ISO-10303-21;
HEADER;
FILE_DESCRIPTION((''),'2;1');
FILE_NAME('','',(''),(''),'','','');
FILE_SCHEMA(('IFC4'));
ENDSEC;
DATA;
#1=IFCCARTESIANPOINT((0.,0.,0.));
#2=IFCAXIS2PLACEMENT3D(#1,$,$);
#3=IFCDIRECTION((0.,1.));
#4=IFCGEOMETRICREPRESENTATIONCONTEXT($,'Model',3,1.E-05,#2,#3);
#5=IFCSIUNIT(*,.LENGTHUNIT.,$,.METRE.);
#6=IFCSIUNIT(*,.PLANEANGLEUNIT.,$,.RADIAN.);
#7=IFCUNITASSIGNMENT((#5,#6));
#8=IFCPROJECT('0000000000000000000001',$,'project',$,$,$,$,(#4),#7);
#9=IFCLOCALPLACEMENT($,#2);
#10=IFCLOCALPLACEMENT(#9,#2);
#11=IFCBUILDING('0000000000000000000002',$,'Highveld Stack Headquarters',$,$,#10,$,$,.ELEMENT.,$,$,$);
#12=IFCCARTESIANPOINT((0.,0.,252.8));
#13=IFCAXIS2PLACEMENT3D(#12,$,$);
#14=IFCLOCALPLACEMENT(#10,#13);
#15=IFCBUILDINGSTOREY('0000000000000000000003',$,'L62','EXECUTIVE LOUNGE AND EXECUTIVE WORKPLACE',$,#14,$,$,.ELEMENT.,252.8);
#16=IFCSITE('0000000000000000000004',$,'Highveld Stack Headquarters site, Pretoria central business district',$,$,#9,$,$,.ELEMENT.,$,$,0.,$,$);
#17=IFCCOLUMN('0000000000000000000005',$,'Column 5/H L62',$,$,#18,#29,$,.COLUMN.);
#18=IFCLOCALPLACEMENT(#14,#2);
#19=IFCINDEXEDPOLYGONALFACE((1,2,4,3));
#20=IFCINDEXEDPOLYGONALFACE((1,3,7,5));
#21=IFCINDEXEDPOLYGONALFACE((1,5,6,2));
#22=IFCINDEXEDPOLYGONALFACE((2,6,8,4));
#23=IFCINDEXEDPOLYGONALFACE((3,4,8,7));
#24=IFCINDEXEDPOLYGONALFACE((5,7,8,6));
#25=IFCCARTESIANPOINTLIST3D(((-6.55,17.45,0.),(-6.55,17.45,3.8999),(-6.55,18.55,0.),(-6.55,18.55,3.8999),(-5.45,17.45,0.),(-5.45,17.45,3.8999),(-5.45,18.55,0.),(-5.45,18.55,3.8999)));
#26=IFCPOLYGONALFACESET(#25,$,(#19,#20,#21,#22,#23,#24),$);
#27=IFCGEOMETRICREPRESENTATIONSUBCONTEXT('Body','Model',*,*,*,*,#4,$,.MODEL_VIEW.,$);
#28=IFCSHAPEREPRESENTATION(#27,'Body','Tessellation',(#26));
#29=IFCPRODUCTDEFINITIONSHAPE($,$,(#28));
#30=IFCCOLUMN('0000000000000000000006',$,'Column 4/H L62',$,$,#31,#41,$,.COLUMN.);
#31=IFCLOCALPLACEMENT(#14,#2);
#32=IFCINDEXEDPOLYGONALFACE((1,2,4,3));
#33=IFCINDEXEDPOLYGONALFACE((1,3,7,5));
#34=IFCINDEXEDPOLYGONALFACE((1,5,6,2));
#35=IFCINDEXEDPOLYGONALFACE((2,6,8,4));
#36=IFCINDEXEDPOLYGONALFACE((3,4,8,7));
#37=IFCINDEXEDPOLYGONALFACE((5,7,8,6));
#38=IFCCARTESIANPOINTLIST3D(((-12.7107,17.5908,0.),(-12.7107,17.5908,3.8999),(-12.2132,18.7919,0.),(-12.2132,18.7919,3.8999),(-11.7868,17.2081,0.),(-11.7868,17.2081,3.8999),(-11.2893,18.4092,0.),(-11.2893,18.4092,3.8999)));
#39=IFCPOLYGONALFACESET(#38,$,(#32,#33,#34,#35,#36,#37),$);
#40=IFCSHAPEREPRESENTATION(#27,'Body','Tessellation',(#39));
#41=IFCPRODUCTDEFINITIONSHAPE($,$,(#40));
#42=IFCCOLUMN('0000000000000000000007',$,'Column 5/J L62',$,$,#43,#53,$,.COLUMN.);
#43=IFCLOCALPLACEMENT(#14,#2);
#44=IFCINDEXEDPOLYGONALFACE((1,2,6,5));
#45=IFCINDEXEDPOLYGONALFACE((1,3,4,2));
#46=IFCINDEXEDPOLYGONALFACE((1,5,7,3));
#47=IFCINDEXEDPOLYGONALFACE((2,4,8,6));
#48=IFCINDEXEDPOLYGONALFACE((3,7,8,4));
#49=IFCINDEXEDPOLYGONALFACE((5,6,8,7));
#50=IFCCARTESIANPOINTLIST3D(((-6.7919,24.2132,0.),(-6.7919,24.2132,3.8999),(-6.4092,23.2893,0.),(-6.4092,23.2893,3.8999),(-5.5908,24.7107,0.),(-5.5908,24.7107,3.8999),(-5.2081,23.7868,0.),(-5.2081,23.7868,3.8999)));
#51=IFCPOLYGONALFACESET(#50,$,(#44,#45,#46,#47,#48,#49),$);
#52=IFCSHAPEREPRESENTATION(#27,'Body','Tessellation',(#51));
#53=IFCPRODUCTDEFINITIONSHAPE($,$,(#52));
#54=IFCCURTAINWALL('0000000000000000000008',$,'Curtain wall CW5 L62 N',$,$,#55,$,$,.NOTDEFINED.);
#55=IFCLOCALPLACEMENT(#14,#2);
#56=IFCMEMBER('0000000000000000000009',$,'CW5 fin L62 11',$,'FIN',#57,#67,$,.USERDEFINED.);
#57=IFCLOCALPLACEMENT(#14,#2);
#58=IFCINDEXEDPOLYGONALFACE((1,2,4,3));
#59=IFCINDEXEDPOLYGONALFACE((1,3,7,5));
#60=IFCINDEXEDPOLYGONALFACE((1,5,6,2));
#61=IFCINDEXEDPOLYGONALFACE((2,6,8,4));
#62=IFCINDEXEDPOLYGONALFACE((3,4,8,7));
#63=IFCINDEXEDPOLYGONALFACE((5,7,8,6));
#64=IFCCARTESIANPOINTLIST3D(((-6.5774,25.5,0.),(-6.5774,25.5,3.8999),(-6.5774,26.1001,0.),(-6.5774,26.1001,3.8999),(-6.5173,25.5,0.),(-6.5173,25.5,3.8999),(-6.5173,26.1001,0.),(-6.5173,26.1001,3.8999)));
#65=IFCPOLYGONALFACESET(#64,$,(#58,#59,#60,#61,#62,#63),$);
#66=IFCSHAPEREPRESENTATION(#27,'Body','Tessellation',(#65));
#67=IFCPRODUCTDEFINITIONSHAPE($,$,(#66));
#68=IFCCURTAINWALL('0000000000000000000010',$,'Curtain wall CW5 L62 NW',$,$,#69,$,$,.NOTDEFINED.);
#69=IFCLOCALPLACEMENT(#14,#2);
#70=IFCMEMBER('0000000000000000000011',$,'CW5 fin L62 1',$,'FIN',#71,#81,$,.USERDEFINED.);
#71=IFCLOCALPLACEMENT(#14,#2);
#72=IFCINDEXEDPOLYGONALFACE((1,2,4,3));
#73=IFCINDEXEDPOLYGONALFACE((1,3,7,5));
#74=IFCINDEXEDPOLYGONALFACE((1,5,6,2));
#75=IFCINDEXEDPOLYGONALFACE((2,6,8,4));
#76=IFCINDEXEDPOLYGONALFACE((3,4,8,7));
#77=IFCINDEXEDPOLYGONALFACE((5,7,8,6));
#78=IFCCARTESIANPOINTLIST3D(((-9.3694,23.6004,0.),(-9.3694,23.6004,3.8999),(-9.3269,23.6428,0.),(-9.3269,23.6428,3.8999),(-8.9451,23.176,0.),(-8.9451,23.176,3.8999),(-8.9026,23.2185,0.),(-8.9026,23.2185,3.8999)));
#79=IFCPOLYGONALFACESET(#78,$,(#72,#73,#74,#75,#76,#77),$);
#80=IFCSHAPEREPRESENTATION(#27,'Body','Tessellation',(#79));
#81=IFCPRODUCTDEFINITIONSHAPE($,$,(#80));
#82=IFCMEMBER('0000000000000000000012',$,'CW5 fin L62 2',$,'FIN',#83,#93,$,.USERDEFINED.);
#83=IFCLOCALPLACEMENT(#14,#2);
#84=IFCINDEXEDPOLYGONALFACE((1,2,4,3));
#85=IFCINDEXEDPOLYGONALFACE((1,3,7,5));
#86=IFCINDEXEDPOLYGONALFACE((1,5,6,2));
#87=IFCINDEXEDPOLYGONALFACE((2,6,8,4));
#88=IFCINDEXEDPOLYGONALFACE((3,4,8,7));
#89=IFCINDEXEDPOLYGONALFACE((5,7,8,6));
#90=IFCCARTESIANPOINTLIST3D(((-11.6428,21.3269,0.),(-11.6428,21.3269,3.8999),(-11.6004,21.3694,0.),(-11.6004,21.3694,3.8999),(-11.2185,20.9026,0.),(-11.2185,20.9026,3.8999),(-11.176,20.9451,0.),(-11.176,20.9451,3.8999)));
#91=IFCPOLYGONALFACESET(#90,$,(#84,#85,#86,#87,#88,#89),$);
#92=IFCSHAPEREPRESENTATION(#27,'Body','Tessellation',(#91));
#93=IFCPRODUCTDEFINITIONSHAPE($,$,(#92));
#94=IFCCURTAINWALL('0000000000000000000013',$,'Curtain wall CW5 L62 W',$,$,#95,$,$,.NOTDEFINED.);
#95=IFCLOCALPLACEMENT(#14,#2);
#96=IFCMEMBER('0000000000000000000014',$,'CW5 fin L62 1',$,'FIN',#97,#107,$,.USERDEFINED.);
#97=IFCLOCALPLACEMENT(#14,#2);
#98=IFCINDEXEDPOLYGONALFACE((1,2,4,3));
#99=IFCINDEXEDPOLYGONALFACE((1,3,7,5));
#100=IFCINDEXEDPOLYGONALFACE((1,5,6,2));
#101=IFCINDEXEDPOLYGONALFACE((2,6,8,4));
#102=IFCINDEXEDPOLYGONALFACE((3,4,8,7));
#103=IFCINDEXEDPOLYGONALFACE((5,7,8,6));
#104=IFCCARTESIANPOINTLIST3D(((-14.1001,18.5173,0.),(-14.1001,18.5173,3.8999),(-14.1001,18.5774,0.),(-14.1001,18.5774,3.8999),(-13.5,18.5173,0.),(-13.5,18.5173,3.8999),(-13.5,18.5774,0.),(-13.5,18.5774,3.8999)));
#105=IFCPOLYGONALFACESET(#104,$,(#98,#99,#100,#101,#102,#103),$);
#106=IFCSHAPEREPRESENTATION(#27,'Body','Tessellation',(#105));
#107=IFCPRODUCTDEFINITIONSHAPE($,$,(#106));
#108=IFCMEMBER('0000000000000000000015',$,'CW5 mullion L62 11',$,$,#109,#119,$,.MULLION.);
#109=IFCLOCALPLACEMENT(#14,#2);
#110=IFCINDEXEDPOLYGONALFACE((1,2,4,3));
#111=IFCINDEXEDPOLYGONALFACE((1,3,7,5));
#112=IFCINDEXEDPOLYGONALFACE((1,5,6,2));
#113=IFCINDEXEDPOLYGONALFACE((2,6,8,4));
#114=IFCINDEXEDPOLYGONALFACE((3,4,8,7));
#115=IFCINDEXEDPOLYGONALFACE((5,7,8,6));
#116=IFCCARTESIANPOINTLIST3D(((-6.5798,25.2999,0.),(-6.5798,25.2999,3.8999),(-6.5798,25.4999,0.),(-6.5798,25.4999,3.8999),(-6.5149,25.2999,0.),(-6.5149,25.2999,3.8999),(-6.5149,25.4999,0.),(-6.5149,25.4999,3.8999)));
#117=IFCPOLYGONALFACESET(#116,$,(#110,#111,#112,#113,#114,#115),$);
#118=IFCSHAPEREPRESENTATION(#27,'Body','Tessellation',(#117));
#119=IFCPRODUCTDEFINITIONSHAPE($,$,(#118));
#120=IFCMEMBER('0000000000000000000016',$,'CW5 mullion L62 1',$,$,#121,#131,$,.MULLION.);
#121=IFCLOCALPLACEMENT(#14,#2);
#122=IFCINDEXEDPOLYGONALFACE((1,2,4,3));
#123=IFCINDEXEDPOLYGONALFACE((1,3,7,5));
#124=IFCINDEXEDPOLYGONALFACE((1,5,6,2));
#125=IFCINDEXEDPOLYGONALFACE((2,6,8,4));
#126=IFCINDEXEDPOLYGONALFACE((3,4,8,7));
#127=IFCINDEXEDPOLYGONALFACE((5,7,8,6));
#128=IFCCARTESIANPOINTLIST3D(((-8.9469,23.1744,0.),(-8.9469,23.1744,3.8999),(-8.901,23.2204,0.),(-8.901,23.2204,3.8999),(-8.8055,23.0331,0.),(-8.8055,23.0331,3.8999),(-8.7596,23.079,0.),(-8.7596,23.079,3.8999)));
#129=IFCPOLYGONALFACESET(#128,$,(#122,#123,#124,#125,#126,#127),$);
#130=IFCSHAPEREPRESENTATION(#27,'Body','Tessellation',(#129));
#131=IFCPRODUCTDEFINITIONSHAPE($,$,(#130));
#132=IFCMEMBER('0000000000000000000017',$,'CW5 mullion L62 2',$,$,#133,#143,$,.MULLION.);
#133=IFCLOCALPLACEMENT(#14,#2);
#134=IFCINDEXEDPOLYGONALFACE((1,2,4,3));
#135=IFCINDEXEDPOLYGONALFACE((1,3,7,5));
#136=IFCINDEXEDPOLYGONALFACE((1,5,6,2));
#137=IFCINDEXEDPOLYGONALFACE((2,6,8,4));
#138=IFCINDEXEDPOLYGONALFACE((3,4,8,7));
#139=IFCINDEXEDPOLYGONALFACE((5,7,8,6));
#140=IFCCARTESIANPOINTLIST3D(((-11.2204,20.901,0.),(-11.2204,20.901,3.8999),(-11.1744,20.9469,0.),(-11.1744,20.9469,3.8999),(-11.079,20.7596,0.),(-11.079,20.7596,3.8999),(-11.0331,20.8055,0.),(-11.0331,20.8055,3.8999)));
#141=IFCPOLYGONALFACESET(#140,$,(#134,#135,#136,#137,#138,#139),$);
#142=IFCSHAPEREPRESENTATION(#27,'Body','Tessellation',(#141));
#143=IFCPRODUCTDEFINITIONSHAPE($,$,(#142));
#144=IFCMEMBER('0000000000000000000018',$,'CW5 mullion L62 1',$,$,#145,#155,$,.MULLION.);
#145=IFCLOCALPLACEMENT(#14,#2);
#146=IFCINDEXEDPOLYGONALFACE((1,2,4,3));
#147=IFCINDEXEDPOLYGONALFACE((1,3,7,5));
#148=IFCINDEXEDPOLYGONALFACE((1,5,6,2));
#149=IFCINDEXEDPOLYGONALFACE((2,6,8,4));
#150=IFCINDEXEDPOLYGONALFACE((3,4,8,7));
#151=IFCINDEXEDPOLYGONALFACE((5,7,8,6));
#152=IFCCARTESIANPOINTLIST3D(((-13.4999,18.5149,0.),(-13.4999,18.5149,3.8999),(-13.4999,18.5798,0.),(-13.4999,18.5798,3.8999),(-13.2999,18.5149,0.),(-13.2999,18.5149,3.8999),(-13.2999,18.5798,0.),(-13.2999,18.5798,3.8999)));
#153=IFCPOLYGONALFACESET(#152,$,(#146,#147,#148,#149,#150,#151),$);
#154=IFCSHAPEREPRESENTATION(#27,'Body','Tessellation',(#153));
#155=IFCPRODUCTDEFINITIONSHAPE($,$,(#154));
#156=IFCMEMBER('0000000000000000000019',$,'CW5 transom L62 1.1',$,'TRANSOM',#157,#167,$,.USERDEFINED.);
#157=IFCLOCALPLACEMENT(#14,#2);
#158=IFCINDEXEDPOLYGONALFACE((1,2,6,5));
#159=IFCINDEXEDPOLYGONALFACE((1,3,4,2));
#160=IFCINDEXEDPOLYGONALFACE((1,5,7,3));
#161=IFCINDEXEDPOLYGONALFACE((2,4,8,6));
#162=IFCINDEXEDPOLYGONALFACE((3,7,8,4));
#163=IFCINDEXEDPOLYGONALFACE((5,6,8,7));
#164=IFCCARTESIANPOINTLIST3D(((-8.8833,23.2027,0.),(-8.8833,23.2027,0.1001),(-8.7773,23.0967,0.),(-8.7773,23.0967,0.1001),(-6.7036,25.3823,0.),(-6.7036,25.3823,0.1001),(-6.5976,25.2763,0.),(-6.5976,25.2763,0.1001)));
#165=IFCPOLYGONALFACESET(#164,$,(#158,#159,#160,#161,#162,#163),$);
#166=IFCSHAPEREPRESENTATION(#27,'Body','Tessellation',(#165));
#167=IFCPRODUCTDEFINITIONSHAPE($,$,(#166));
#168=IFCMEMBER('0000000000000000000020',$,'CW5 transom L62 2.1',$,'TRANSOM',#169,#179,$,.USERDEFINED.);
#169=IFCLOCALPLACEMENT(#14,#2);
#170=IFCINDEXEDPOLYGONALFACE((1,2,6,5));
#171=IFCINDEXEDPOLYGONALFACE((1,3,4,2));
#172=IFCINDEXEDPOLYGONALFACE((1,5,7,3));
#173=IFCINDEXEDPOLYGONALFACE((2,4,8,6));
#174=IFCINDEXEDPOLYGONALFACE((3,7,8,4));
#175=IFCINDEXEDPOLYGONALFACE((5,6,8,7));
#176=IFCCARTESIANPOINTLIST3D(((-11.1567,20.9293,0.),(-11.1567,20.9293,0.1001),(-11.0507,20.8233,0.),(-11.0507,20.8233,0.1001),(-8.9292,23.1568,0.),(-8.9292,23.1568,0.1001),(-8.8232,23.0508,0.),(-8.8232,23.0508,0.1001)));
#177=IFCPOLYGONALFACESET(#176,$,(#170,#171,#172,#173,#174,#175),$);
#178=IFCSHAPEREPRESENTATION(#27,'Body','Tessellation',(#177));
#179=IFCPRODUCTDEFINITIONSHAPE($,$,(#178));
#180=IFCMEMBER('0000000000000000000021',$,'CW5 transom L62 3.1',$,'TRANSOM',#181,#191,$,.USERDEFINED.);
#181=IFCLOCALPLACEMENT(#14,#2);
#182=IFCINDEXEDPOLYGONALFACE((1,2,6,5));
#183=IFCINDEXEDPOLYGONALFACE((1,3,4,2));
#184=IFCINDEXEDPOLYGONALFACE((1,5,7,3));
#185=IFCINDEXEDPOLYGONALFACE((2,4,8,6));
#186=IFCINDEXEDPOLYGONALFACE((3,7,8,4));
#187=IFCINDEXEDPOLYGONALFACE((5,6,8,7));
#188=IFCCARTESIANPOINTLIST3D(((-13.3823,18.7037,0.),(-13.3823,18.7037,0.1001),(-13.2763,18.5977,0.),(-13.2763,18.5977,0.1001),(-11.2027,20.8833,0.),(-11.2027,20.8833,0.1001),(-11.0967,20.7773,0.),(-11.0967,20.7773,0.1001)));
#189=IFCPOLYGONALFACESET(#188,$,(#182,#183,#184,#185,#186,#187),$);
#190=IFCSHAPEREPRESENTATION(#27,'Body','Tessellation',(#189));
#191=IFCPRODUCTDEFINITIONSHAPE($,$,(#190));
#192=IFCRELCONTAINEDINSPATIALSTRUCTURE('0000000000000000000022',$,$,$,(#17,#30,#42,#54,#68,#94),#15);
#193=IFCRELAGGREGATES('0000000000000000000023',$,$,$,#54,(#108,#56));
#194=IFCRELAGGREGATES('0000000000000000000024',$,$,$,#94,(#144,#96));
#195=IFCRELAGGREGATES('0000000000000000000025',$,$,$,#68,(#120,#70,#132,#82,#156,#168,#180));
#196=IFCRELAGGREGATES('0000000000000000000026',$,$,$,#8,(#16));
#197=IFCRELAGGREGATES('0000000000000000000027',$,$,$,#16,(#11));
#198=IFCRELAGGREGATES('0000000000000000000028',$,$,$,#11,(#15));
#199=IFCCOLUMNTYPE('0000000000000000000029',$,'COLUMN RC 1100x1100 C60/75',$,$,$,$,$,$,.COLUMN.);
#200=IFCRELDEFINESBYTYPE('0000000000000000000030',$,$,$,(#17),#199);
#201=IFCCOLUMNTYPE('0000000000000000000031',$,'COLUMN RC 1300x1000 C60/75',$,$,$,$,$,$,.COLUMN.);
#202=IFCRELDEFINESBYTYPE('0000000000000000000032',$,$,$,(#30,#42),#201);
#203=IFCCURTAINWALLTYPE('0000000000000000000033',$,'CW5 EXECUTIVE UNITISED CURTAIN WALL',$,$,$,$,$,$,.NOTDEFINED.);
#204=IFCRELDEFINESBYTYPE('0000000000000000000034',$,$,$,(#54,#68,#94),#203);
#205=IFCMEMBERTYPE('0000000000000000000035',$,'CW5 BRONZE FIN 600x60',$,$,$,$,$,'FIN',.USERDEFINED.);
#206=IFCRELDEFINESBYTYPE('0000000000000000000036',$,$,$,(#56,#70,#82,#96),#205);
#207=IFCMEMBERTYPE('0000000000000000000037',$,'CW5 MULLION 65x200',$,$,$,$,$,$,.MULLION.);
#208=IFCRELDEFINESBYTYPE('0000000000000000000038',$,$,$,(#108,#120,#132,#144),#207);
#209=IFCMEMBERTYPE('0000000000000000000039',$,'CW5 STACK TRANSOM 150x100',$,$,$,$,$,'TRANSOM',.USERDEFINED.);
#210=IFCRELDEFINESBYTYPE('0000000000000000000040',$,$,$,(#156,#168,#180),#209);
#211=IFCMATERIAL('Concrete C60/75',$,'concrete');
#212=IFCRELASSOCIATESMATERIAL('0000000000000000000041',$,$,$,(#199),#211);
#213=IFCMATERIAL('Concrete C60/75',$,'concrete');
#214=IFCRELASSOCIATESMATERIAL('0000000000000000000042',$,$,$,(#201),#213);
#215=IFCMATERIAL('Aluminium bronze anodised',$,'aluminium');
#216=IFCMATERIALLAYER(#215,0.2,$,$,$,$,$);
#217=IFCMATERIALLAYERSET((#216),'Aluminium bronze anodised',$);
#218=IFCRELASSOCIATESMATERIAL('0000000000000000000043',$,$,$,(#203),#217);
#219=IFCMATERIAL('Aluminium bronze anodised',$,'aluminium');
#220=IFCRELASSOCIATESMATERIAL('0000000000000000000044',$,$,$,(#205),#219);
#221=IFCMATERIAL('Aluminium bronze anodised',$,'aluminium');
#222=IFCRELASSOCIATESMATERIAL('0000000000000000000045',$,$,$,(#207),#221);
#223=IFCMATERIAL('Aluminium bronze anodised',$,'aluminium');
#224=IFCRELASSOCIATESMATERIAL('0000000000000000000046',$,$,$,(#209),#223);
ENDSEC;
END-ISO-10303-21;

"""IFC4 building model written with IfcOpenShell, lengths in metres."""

from ifc_helpers import new_model, si_unit, direction, frame, origin, origin_2d, place, context, subcontext, project, spatial, rectangle, extrude, material, layer, layer_set, material_profile, profile_set, type_object, element, aggregate, save


model = new_model("IFC4")

# Units and contexts
model_context = context("Model", 3, precision=1e-05, world=origin(), true_north=direction((0.0, 1.0)))
body_context = subcontext(model_context, "Body", "Model", "MODEL_VIEW")
ifc_project = project(units=[si_unit("LENGTHUNIT", "METRE"), si_unit("PLANEANGLEUNIT", "RADIAN")], contexts=[model_context])

# Site, building, storey
site_placement = place(None, origin())
site = spatial("IfcSite", under=ifc_project, at=site_placement, Name="Highveld Stack Headquarters site, Pretoria central business district", CompositionType="ELEMENT", RefElevation=0.0)
building_placement = place(site_placement, origin())
building = spatial("IfcBuilding", under=site, at=building_placement, Name="Highveld Stack Headquarters", CompositionType="ELEMENT")
storey_placement = place(building_placement, frame((0.0, 0.0, 252.8)))
storey = spatial("IfcBuildingStorey", under=building, at=storey_placement, Name="L62", Description="EXECUTIVE LOUNGE AND EXECUTIVE WORKPLACE", CompositionType="ELEMENT", Elevation=252.8)

# Columns
ifc_material_1 = material(Name="Concrete C60/75", Category="concrete")
ifc_material_profile_1 = material_profile(ifc_material_1, rectangle(XDim=1.1001, YDim=1.1001, at=origin_2d()), Name="RC 1100x1100")
ifc_profile_set_1 = profile_set([ifc_material_profile_1], Name="Concrete C60/75")
column_type_1 = type_object("IfcColumnType", Name="COLUMN RC 1100x1100 C60/75", PredefinedType="COLUMN", material=ifc_profile_set_1)
column_placement = place(storey_placement, frame((-6.0, 18.0, 0.0), z_axis=(0.0, 0.0, 1.0), x_axis=(1.0, 0.0, 0.0)))
element("IfcColumn", 1, at=column_placement, inside=storey, type_object=column_type_1, Name="Column 5/H L62", PredefinedType="COLUMN", context=body_context, shape_type="SweptSolid", body=[
    extrude(rectangle(XDim=1.1001, YDim=1.1001, at=origin_2d()), origin(), (0.0, 0.0, 1.0), 3.8999),
])
ifc_material_2 = material(Name="Concrete C60/75", Category="concrete")
ifc_material_profile_2 = material_profile(ifc_material_2, rectangle(XDim=1.3, YDim=1.0, at=origin_2d()), Name="RC 1300x1000")
ifc_profile_set_2 = profile_set([ifc_material_profile_2], Name="Concrete C60/75")
column_type_2 = type_object("IfcColumnType", Name="COLUMN RC 1300x1000 C60/75", PredefinedType="COLUMN", material=ifc_profile_set_2)
for number, where, z_axis, x_axis, name in (
    (2, (-12.0, 18.0, 0.0), (0.0, 0.0, 1.0), (0.382683, 0.92388, 0.0), "Column 4/H L62"),
    (3, (-6.0, 24.0, 0.0), (0.0, 0.0, 1.0), (0.92388, 0.382683, 0.0), "Column 5/J L62"),
):
    element("IfcColumn", number, at=place(storey_placement, frame(where, z_axis=z_axis, x_axis=x_axis)), inside=storey, type_object=column_type_2, Name=name, PredefinedType="COLUMN", context=body_context, shape_type="SweptSolid", body=[
        extrude(rectangle(XDim=1.3, YDim=1.0, at=origin_2d()), origin(), (0.0, 0.0, 1.0), 3.8999),
    ])

# Curtain wall, member
ifc_material_3 = material(Name="Aluminium bronze anodised", Category="aluminium")
ifc_layer_1 = layer(ifc_material_3, 0.2)
ifc_layer_set_1 = layer_set([ifc_layer_1], Name="Aluminium bronze anodised")
curtain_wall_type = type_object("IfcCurtainWallType", Name="CW5 EXECUTIVE UNITISED CURTAIN WALL", PredefinedType="NOTDEFINED", material=ifc_layer_set_1)
curtain_wall_1_placement = place(storey_placement, origin())
curtain_wall_1 = element("IfcCurtainWall", 4, at=curtain_wall_1_placement, inside=storey, type_object=curtain_wall_type, Name="Curtain wall CW5 L62 N", PredefinedType="NOTDEFINED")
ifc_material_4 = material(Name="Aluminium bronze anodised", Category="aluminium")
ifc_material_profile_3 = material_profile(ifc_material_4, rectangle(XDim=0.6001, YDim=0.0601, at=origin_2d()), Name="FIN 600x60")
ifc_profile_set_3 = profile_set([ifc_material_profile_3], Name="Aluminium bronze anodised")
member_type_1 = type_object("IfcMemberType", Name="CW5 BRONZE FIN 600x60", ElementType="FIN", PredefinedType="USERDEFINED", material=ifc_profile_set_3)
member_1_placement = place(storey_placement, frame((-6.5474, 25.8, 0.0), z_axis=(0.0, 0.0, 1.0), x_axis=(0.0, -1.0, 0.0)))
member_1 = element("IfcMember", 5, at=member_1_placement, type_object=member_type_1, Name="CW5 fin L62 11", ObjectType="FIN", PredefinedType="USERDEFINED", context=body_context, shape_type="SweptSolid", body=[
    extrude(rectangle(XDim=0.6001, YDim=0.0601, at=origin_2d()), origin(), (0.0, 0.0, 1.0), 3.8999),
])

# Curtain wall, members
curtain_wall_2_placement = place(storey_placement, origin())
curtain_wall_2 = element("IfcCurtainWall", 6, at=curtain_wall_2_placement, inside=storey, type_object=curtain_wall_type, Name="Curtain wall CW5 L62 NW", PredefinedType="NOTDEFINED")
member_2_placement = place(storey_placement, frame((-9.136, 23.4094, 0.0), z_axis=(0.0, 0.0, 1.0), x_axis=(0.707107, -0.707107, 0.0)))
member_2 = element("IfcMember", 7, at=member_2_placement, type_object=member_type_1, Name="CW5 fin L62 1", ObjectType="FIN", PredefinedType="USERDEFINED", context=body_context, shape_type="SweptSolid", body=[
    extrude(rectangle(XDim=0.6001, YDim=0.0601, at=origin_2d()), origin(), (0.0, 0.0, 1.0), 3.8999),
])
member_3_placement = place(storey_placement, frame((-11.4094, 21.136, 0.0), z_axis=(0.0, 0.0, 1.0), x_axis=(0.707107, -0.707107, 0.0)))
member_3 = element("IfcMember", 8, at=member_3_placement, type_object=member_type_1, Name="CW5 fin L62 2", ObjectType="FIN", PredefinedType="USERDEFINED", context=body_context, shape_type="SweptSolid", body=[
    extrude(rectangle(XDim=0.6001, YDim=0.0601, at=origin_2d()), origin(), (0.0, 0.0, 1.0), 3.8999),
])

# Curtain wall, member
curtain_wall_3_placement = place(storey_placement, origin())
curtain_wall_3 = element("IfcCurtainWall", 9, at=curtain_wall_3_placement, inside=storey, type_object=curtain_wall_type, Name="Curtain wall CW5 L62 W", PredefinedType="NOTDEFINED")
member_4_placement = place(storey_placement, frame((-13.8, 18.5474, 0.0), z_axis=(0.0, 0.0, 1.0), x_axis=(1.0, 0.0, 0.0)))
member_4 = element("IfcMember", 10, at=member_4_placement, type_object=member_type_1, Name="CW5 fin L62 1", ObjectType="FIN", PredefinedType="USERDEFINED", context=body_context, shape_type="SweptSolid", body=[
    extrude(rectangle(XDim=0.6001, YDim=0.0601, at=origin_2d()), origin(), (0.0, 0.0, 1.0), 3.8999),
])

# Members
ifc_material_5 = material(Name="Aluminium bronze anodised", Category="aluminium")
ifc_material_profile_4 = material_profile(ifc_material_5, rectangle(XDim=0.2, YDim=0.0649, at=origin_2d()), Name="CW5 MULLION 65x200")
ifc_profile_set_4 = profile_set([ifc_material_profile_4], Name="Aluminium bronze anodised")
member_type_2 = type_object("IfcMemberType", Name="CW5 MULLION 65x200", PredefinedType="MULLION", material=ifc_profile_set_4)
member_5_placement = place(storey_placement, frame((-6.5474, 25.3999, 0.0), z_axis=(0.0, 0.0, 1.0), x_axis=(0.0, -1.0, 0.0)))
member_5 = element("IfcMember", 11, at=member_5_placement, type_object=member_type_2, Name="CW5 mullion L62 11", PredefinedType="MULLION", context=body_context, shape_type="SweptSolid", body=[
    extrude(rectangle(XDim=0.2, YDim=0.0649, at=origin_2d()), origin(), (0.0, 0.0, 1.0), 3.8999),
])
aggregate(curtain_wall_1, [member_5, member_1])
member_6_placement = place(storey_placement, frame((-8.8533, 23.1267, 0.0), z_axis=(0.0, 0.0, 1.0), x_axis=(0.707107, -0.707107, 0.0)))
member_6 = element("IfcMember", 12, at=member_6_placement, type_object=member_type_2, Name="CW5 mullion L62 1", PredefinedType="MULLION", context=body_context, shape_type="SweptSolid", body=[
    extrude(rectangle(XDim=0.2, YDim=0.0649, at=origin_2d()), origin(), (0.0, 0.0, 1.0), 3.8999),
])
member_7_placement = place(storey_placement, frame((-11.1267, 20.8533, 0.0), z_axis=(0.0, 0.0, 1.0), x_axis=(0.707107, -0.707107, 0.0)))
member_7 = element("IfcMember", 13, at=member_7_placement, type_object=member_type_2, Name="CW5 mullion L62 2", PredefinedType="MULLION", context=body_context, shape_type="SweptSolid", body=[
    extrude(rectangle(XDim=0.2, YDim=0.0649, at=origin_2d()), origin(), (0.0, 0.0, 1.0), 3.8999),
])
member_8_placement = place(storey_placement, frame((-13.3999, 18.5474, 0.0), z_axis=(0.0, 0.0, 1.0), x_axis=(1.0, 0.0, 0.0)))
member_8 = element("IfcMember", 14, at=member_8_placement, type_object=member_type_2, Name="CW5 mullion L62 1", PredefinedType="MULLION", context=body_context, shape_type="SweptSolid", body=[
    extrude(rectangle(XDim=0.2, YDim=0.0649, at=origin_2d()), origin(), (0.0, 0.0, 1.0), 3.8999),
])
ifc_material_6 = material(Name="Aluminium bronze anodised", Category="aluminium")
ifc_material_profile_5 = material_profile(ifc_material_6, rectangle(XDim=0.1499, YDim=0.1001, at=origin_2d()), Name="CW5 TRANSOM 150x100")
ifc_profile_set_5 = profile_set([ifc_material_profile_5], Name="Aluminium bronze anodised")
member_type_3 = type_object("IfcMemberType", Name="CW5 STACK TRANSOM 150x100", ElementType="TRANSOM", PredefinedType="USERDEFINED", material=ifc_profile_set_5)
member_9_placement = place(storey_placement, frame((-6.6506, 25.3293, 0.05), z_axis=(-0.707107, -0.707107, 0.0), x_axis=(0.707107, -0.707107, 0.0)))
member_9 = element("IfcMember", 15, at=member_9_placement, type_object=member_type_3, Name="CW5 transom L62 1.1", ObjectType="TRANSOM", PredefinedType="USERDEFINED", context=body_context, shape_type="SweptSolid", body=[
    extrude(rectangle(XDim=0.1499, YDim=0.1001, at=origin_2d()), origin(), (0.0, 0.0, 1.0), 3.0825),
])
member_10_placement = place(storey_placement, frame((-8.8762, 23.1038, 0.05), z_axis=(-0.707107, -0.707107, 0.0), x_axis=(0.707107, -0.707107, 0.0)))
member_10 = element("IfcMember", 16, at=member_10_placement, type_object=member_type_3, Name="CW5 transom L62 2.1", ObjectType="TRANSOM", PredefinedType="USERDEFINED", context=body_context, shape_type="SweptSolid", body=[
    extrude(rectangle(XDim=0.1499, YDim=0.1001, at=origin_2d()), origin(), (0.0, 0.0, 1.0), 3.1501),
])
member_11_placement = place(storey_placement, frame((-11.1497, 20.8303, 0.05), z_axis=(-0.707107, -0.707107, 0.0), x_axis=(0.707107, -0.707107, 0.0)))
member_11 = element("IfcMember", 17, at=member_11_placement, type_object=member_type_3, Name="CW5 transom L62 3.1", ObjectType="TRANSOM", PredefinedType="USERDEFINED", context=body_context, shape_type="SweptSolid", body=[
    extrude(rectangle(XDim=0.1499, YDim=0.1001, at=origin_2d()), origin(), (0.0, 0.0, 1.0), 3.0825),
])
aggregate(curtain_wall_3, [member_8, member_4])

aggregate(curtain_wall_2, [member_6, member_2, member_7, member_3, member_9, member_10, member_11])

save(model, "model.ifc")
